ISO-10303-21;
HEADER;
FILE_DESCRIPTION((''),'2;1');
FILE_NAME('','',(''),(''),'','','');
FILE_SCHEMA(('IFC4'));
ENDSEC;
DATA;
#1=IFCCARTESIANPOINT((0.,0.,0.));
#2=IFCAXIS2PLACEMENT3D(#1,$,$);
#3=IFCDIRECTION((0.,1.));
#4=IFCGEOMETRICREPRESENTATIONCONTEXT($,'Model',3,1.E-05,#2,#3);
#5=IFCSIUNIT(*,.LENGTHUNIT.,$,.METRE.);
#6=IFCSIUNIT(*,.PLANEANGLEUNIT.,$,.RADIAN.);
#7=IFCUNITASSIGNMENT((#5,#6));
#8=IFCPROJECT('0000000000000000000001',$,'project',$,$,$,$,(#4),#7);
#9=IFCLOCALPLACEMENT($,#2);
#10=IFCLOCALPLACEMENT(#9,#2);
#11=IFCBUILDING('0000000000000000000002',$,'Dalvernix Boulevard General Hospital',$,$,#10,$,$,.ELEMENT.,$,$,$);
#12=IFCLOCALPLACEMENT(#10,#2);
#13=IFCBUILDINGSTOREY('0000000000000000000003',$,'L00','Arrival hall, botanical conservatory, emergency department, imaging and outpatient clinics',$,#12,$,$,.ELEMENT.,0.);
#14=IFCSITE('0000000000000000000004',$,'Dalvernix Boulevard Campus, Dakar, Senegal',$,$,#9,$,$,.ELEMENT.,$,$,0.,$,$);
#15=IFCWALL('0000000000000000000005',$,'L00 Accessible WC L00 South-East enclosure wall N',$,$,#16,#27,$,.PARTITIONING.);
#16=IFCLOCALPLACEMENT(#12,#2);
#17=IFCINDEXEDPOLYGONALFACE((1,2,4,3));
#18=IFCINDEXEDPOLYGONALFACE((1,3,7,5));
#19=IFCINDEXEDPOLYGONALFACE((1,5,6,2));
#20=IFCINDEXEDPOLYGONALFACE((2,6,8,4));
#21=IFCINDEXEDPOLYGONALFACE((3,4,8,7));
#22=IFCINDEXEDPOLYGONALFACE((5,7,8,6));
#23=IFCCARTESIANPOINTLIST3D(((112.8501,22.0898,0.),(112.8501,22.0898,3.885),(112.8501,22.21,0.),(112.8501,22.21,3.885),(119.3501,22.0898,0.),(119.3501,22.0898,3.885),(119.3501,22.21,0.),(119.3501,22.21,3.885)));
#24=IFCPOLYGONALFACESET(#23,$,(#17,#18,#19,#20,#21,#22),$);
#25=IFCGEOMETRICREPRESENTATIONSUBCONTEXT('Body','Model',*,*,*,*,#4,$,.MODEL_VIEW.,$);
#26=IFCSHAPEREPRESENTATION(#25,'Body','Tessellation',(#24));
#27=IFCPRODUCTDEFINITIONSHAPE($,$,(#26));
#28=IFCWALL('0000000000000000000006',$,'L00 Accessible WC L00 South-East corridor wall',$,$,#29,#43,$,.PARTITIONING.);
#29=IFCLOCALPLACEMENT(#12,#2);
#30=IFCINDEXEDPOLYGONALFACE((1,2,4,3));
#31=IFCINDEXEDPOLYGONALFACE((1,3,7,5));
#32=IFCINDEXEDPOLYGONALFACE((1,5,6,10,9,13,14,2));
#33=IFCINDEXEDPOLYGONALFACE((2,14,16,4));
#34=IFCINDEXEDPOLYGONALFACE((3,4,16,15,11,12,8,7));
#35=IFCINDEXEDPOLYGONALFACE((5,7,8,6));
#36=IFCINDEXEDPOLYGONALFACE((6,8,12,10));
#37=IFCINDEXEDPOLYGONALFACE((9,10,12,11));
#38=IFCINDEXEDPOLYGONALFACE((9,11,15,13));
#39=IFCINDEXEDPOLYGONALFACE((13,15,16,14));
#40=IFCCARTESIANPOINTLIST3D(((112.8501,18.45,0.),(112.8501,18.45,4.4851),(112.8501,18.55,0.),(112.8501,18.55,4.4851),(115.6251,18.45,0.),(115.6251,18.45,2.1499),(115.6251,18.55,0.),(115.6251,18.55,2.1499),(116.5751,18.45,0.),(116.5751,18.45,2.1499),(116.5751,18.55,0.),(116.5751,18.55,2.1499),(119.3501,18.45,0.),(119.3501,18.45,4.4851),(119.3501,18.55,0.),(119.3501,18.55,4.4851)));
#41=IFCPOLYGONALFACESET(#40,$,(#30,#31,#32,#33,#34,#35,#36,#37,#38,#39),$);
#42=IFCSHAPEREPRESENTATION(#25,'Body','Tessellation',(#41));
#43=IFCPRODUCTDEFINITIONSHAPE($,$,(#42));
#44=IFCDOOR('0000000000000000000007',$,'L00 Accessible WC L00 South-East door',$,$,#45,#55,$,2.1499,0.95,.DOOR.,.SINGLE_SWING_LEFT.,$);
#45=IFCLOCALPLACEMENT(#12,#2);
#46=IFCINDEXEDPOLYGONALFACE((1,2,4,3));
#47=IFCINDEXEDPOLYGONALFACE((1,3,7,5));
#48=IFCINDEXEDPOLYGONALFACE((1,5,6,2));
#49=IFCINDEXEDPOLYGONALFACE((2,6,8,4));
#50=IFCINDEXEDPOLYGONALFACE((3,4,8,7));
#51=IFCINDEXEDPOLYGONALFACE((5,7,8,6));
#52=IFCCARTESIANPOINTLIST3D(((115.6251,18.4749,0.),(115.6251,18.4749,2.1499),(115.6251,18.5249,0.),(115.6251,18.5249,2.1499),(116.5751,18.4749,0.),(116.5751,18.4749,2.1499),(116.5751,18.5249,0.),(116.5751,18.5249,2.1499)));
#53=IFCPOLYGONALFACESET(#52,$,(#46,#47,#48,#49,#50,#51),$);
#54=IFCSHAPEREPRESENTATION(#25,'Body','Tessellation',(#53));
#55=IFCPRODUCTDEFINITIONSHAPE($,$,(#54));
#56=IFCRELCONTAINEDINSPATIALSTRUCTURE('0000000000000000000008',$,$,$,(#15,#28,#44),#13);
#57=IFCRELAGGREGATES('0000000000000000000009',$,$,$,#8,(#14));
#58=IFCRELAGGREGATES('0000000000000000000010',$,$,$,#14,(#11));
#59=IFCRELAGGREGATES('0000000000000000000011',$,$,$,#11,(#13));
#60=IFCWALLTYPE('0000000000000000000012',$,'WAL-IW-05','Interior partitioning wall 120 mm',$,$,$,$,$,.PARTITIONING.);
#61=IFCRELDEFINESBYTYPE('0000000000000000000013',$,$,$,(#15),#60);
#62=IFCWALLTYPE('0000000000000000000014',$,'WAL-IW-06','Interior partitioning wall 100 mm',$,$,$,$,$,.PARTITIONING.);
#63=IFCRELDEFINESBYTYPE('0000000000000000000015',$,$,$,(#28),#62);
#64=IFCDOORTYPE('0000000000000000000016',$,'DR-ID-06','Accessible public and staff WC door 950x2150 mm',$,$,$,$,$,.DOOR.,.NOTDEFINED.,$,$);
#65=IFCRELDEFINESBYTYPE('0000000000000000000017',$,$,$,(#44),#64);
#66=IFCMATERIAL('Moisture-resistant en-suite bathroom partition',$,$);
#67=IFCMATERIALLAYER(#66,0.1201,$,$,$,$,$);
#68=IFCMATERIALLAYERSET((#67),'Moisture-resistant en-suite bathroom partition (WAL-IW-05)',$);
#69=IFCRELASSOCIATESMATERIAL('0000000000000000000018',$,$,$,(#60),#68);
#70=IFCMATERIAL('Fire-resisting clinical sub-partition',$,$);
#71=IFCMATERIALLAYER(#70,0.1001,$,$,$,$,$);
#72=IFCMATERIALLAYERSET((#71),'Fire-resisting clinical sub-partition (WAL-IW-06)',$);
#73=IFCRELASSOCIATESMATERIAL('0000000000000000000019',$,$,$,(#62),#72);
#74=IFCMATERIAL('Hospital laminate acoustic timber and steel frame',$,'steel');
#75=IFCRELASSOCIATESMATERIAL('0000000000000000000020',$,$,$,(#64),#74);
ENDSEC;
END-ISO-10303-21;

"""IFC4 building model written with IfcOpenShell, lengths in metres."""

from ifc_helpers import new_model, si_unit, direction, frame, frame_2d, origin, place, context, subcontext, project, spatial, rectangle, extrude, material, layer, layer_set, type_object, element, fill, save


model = new_model("IFC4")

# Units and contexts
model_context = context("Model", 3, precision=1e-05, world=origin(), true_north=direction((0.0, 1.0)))
body_context = subcontext(model_context, "Body", "Model", "MODEL_VIEW")
ifc_project = project(units=[si_unit("LENGTHUNIT", "METRE"), si_unit("PLANEANGLEUNIT", "RADIAN")], contexts=[model_context])

# Site, building, storey
site_placement = place(None, origin())
site = spatial("IfcSite", under=ifc_project, at=site_placement, Name="Dalvernix Boulevard Campus, Dakar, Senegal", CompositionType="ELEMENT", RefElevation=0.0)
building_placement = place(site_placement, origin())
building = spatial("IfcBuilding", under=site, at=building_placement, Name="Dalvernix Boulevard General Hospital", CompositionType="ELEMENT")
storey_placement = place(building_placement, origin())
storey = spatial("IfcBuildingStorey", under=building, at=storey_placement, Name="L00", Description="Arrival hall, botanical conservatory, emergency department, imaging and outpatient clinics", CompositionType="ELEMENT", Elevation=0.0)

# Shared definitions
ifc_material_1 = material(Name="Hospital laminate acoustic timber and steel frame", Category="steel")

# Wall
ifc_material_2 = material(Name="Moisture-resistant en-suite bathroom partition")
ifc_layer_1 = layer(ifc_material_2, 0.1201)
ifc_layer_set_1 = layer_set([ifc_layer_1], Name="Moisture-resistant en-suite bathroom partition (WAL-IW-05)")
wall_type_1 = type_object("IfcWallType", Name="WAL-IW-05", Description="Interior partitioning wall 120 mm", PredefinedType="PARTITIONING", material=ifc_layer_set_1)
wall_1_placement = place(storey_placement, frame((112.8501, 22.1499, 0.0), z_axis=(0.0, 0.0, 1.0), x_axis=(1.0, 0.0, 0.0)))
element("IfcWall", 1, at=wall_1_placement, inside=storey, type_object=wall_type_1, Name="L00 Accessible WC L00 South-East enclosure wall N", PredefinedType="PARTITIONING", context=body_context, shape_type="SweptSolid", body=[
    extrude(rectangle(XDim=6.5, YDim=0.1201, at=frame_2d((3.25, 0.0))), origin(), (0.0, 0.0, 1.0), 3.885),
])

# Wall, opening, door
ifc_material_3 = material(Name="Fire-resisting clinical sub-partition")
ifc_layer_2 = layer(ifc_material_3, 0.1001)
ifc_layer_set_2 = layer_set([ifc_layer_2], Name="Fire-resisting clinical sub-partition (WAL-IW-06)")
wall_type_2 = type_object("IfcWallType", Name="WAL-IW-06", Description="Interior partitioning wall 100 mm", PredefinedType="PARTITIONING", material=ifc_layer_set_2)
wall_2_placement = place(storey_placement, frame((112.8501, 18.5, 0.0), z_axis=(0.0, 0.0, 1.0), x_axis=(1.0, 0.0, 0.0)))
wall_2 = element("IfcWall", 2, at=wall_2_placement, inside=storey, type_object=wall_type_2, Name="L00 Accessible WC L00 South-East corridor wall", PredefinedType="PARTITIONING", context=body_context, shape_type="SweptSolid", body=[
    extrude(rectangle(XDim=6.5, YDim=0.1001, at=frame_2d((3.25, 0.0))), origin(), (0.0, 0.0, 1.0), 4.4851),
])
opening_1_placement = place(wall_2_placement, frame((2.7749, 0.0, 0.0)))
opening_1 = element("IfcOpeningElement", 3, at=opening_1_placement, cuts=wall_2, PredefinedType="OPENING", context=body_context, shape_type="SweptSolid", body=[
    extrude(rectangle(XDim=0.95, YDim=2.1499, at=frame_2d((0.4751, 1.075))), frame((0.0, 0.0601, 0.0), z_axis=(0.0, -1.0, 0.0), x_axis=(1.0, 0.0, 0.0)), (0.0, 0.0, 1.0), 0.1201),
])
door_type_1 = type_object("IfcDoorType", Name="DR-ID-06", Description="Accessible public and staff WC door 950x2150 mm", OperationType="NOTDEFINED", PredefinedType="DOOR", material=ifc_material_1)
door_1_placement = place(opening_1_placement, origin())
door_1 = element("IfcDoor", 4, at=door_1_placement, inside=storey, type_object=door_type_1, Name="L00 Accessible WC L00 South-East door", OperationType="SINGLE_SWING_LEFT", OverallHeight=2.1499, OverallWidth=0.95, PredefinedType="DOOR", context=body_context, shape_type="SweptSolid", body=[
    extrude(rectangle(XDim=0.95, YDim=2.1499, at=frame_2d((0.4751, 1.075))), frame((0.0, 0.0249, 0.0), z_axis=(0.0, -1.0, 0.0), x_axis=(1.0, 0.0, 0.0)), (0.0, 0.0, 1.0), 0.05),
])
fill(opening_1, door_1)

save(model, "model.ifc")
